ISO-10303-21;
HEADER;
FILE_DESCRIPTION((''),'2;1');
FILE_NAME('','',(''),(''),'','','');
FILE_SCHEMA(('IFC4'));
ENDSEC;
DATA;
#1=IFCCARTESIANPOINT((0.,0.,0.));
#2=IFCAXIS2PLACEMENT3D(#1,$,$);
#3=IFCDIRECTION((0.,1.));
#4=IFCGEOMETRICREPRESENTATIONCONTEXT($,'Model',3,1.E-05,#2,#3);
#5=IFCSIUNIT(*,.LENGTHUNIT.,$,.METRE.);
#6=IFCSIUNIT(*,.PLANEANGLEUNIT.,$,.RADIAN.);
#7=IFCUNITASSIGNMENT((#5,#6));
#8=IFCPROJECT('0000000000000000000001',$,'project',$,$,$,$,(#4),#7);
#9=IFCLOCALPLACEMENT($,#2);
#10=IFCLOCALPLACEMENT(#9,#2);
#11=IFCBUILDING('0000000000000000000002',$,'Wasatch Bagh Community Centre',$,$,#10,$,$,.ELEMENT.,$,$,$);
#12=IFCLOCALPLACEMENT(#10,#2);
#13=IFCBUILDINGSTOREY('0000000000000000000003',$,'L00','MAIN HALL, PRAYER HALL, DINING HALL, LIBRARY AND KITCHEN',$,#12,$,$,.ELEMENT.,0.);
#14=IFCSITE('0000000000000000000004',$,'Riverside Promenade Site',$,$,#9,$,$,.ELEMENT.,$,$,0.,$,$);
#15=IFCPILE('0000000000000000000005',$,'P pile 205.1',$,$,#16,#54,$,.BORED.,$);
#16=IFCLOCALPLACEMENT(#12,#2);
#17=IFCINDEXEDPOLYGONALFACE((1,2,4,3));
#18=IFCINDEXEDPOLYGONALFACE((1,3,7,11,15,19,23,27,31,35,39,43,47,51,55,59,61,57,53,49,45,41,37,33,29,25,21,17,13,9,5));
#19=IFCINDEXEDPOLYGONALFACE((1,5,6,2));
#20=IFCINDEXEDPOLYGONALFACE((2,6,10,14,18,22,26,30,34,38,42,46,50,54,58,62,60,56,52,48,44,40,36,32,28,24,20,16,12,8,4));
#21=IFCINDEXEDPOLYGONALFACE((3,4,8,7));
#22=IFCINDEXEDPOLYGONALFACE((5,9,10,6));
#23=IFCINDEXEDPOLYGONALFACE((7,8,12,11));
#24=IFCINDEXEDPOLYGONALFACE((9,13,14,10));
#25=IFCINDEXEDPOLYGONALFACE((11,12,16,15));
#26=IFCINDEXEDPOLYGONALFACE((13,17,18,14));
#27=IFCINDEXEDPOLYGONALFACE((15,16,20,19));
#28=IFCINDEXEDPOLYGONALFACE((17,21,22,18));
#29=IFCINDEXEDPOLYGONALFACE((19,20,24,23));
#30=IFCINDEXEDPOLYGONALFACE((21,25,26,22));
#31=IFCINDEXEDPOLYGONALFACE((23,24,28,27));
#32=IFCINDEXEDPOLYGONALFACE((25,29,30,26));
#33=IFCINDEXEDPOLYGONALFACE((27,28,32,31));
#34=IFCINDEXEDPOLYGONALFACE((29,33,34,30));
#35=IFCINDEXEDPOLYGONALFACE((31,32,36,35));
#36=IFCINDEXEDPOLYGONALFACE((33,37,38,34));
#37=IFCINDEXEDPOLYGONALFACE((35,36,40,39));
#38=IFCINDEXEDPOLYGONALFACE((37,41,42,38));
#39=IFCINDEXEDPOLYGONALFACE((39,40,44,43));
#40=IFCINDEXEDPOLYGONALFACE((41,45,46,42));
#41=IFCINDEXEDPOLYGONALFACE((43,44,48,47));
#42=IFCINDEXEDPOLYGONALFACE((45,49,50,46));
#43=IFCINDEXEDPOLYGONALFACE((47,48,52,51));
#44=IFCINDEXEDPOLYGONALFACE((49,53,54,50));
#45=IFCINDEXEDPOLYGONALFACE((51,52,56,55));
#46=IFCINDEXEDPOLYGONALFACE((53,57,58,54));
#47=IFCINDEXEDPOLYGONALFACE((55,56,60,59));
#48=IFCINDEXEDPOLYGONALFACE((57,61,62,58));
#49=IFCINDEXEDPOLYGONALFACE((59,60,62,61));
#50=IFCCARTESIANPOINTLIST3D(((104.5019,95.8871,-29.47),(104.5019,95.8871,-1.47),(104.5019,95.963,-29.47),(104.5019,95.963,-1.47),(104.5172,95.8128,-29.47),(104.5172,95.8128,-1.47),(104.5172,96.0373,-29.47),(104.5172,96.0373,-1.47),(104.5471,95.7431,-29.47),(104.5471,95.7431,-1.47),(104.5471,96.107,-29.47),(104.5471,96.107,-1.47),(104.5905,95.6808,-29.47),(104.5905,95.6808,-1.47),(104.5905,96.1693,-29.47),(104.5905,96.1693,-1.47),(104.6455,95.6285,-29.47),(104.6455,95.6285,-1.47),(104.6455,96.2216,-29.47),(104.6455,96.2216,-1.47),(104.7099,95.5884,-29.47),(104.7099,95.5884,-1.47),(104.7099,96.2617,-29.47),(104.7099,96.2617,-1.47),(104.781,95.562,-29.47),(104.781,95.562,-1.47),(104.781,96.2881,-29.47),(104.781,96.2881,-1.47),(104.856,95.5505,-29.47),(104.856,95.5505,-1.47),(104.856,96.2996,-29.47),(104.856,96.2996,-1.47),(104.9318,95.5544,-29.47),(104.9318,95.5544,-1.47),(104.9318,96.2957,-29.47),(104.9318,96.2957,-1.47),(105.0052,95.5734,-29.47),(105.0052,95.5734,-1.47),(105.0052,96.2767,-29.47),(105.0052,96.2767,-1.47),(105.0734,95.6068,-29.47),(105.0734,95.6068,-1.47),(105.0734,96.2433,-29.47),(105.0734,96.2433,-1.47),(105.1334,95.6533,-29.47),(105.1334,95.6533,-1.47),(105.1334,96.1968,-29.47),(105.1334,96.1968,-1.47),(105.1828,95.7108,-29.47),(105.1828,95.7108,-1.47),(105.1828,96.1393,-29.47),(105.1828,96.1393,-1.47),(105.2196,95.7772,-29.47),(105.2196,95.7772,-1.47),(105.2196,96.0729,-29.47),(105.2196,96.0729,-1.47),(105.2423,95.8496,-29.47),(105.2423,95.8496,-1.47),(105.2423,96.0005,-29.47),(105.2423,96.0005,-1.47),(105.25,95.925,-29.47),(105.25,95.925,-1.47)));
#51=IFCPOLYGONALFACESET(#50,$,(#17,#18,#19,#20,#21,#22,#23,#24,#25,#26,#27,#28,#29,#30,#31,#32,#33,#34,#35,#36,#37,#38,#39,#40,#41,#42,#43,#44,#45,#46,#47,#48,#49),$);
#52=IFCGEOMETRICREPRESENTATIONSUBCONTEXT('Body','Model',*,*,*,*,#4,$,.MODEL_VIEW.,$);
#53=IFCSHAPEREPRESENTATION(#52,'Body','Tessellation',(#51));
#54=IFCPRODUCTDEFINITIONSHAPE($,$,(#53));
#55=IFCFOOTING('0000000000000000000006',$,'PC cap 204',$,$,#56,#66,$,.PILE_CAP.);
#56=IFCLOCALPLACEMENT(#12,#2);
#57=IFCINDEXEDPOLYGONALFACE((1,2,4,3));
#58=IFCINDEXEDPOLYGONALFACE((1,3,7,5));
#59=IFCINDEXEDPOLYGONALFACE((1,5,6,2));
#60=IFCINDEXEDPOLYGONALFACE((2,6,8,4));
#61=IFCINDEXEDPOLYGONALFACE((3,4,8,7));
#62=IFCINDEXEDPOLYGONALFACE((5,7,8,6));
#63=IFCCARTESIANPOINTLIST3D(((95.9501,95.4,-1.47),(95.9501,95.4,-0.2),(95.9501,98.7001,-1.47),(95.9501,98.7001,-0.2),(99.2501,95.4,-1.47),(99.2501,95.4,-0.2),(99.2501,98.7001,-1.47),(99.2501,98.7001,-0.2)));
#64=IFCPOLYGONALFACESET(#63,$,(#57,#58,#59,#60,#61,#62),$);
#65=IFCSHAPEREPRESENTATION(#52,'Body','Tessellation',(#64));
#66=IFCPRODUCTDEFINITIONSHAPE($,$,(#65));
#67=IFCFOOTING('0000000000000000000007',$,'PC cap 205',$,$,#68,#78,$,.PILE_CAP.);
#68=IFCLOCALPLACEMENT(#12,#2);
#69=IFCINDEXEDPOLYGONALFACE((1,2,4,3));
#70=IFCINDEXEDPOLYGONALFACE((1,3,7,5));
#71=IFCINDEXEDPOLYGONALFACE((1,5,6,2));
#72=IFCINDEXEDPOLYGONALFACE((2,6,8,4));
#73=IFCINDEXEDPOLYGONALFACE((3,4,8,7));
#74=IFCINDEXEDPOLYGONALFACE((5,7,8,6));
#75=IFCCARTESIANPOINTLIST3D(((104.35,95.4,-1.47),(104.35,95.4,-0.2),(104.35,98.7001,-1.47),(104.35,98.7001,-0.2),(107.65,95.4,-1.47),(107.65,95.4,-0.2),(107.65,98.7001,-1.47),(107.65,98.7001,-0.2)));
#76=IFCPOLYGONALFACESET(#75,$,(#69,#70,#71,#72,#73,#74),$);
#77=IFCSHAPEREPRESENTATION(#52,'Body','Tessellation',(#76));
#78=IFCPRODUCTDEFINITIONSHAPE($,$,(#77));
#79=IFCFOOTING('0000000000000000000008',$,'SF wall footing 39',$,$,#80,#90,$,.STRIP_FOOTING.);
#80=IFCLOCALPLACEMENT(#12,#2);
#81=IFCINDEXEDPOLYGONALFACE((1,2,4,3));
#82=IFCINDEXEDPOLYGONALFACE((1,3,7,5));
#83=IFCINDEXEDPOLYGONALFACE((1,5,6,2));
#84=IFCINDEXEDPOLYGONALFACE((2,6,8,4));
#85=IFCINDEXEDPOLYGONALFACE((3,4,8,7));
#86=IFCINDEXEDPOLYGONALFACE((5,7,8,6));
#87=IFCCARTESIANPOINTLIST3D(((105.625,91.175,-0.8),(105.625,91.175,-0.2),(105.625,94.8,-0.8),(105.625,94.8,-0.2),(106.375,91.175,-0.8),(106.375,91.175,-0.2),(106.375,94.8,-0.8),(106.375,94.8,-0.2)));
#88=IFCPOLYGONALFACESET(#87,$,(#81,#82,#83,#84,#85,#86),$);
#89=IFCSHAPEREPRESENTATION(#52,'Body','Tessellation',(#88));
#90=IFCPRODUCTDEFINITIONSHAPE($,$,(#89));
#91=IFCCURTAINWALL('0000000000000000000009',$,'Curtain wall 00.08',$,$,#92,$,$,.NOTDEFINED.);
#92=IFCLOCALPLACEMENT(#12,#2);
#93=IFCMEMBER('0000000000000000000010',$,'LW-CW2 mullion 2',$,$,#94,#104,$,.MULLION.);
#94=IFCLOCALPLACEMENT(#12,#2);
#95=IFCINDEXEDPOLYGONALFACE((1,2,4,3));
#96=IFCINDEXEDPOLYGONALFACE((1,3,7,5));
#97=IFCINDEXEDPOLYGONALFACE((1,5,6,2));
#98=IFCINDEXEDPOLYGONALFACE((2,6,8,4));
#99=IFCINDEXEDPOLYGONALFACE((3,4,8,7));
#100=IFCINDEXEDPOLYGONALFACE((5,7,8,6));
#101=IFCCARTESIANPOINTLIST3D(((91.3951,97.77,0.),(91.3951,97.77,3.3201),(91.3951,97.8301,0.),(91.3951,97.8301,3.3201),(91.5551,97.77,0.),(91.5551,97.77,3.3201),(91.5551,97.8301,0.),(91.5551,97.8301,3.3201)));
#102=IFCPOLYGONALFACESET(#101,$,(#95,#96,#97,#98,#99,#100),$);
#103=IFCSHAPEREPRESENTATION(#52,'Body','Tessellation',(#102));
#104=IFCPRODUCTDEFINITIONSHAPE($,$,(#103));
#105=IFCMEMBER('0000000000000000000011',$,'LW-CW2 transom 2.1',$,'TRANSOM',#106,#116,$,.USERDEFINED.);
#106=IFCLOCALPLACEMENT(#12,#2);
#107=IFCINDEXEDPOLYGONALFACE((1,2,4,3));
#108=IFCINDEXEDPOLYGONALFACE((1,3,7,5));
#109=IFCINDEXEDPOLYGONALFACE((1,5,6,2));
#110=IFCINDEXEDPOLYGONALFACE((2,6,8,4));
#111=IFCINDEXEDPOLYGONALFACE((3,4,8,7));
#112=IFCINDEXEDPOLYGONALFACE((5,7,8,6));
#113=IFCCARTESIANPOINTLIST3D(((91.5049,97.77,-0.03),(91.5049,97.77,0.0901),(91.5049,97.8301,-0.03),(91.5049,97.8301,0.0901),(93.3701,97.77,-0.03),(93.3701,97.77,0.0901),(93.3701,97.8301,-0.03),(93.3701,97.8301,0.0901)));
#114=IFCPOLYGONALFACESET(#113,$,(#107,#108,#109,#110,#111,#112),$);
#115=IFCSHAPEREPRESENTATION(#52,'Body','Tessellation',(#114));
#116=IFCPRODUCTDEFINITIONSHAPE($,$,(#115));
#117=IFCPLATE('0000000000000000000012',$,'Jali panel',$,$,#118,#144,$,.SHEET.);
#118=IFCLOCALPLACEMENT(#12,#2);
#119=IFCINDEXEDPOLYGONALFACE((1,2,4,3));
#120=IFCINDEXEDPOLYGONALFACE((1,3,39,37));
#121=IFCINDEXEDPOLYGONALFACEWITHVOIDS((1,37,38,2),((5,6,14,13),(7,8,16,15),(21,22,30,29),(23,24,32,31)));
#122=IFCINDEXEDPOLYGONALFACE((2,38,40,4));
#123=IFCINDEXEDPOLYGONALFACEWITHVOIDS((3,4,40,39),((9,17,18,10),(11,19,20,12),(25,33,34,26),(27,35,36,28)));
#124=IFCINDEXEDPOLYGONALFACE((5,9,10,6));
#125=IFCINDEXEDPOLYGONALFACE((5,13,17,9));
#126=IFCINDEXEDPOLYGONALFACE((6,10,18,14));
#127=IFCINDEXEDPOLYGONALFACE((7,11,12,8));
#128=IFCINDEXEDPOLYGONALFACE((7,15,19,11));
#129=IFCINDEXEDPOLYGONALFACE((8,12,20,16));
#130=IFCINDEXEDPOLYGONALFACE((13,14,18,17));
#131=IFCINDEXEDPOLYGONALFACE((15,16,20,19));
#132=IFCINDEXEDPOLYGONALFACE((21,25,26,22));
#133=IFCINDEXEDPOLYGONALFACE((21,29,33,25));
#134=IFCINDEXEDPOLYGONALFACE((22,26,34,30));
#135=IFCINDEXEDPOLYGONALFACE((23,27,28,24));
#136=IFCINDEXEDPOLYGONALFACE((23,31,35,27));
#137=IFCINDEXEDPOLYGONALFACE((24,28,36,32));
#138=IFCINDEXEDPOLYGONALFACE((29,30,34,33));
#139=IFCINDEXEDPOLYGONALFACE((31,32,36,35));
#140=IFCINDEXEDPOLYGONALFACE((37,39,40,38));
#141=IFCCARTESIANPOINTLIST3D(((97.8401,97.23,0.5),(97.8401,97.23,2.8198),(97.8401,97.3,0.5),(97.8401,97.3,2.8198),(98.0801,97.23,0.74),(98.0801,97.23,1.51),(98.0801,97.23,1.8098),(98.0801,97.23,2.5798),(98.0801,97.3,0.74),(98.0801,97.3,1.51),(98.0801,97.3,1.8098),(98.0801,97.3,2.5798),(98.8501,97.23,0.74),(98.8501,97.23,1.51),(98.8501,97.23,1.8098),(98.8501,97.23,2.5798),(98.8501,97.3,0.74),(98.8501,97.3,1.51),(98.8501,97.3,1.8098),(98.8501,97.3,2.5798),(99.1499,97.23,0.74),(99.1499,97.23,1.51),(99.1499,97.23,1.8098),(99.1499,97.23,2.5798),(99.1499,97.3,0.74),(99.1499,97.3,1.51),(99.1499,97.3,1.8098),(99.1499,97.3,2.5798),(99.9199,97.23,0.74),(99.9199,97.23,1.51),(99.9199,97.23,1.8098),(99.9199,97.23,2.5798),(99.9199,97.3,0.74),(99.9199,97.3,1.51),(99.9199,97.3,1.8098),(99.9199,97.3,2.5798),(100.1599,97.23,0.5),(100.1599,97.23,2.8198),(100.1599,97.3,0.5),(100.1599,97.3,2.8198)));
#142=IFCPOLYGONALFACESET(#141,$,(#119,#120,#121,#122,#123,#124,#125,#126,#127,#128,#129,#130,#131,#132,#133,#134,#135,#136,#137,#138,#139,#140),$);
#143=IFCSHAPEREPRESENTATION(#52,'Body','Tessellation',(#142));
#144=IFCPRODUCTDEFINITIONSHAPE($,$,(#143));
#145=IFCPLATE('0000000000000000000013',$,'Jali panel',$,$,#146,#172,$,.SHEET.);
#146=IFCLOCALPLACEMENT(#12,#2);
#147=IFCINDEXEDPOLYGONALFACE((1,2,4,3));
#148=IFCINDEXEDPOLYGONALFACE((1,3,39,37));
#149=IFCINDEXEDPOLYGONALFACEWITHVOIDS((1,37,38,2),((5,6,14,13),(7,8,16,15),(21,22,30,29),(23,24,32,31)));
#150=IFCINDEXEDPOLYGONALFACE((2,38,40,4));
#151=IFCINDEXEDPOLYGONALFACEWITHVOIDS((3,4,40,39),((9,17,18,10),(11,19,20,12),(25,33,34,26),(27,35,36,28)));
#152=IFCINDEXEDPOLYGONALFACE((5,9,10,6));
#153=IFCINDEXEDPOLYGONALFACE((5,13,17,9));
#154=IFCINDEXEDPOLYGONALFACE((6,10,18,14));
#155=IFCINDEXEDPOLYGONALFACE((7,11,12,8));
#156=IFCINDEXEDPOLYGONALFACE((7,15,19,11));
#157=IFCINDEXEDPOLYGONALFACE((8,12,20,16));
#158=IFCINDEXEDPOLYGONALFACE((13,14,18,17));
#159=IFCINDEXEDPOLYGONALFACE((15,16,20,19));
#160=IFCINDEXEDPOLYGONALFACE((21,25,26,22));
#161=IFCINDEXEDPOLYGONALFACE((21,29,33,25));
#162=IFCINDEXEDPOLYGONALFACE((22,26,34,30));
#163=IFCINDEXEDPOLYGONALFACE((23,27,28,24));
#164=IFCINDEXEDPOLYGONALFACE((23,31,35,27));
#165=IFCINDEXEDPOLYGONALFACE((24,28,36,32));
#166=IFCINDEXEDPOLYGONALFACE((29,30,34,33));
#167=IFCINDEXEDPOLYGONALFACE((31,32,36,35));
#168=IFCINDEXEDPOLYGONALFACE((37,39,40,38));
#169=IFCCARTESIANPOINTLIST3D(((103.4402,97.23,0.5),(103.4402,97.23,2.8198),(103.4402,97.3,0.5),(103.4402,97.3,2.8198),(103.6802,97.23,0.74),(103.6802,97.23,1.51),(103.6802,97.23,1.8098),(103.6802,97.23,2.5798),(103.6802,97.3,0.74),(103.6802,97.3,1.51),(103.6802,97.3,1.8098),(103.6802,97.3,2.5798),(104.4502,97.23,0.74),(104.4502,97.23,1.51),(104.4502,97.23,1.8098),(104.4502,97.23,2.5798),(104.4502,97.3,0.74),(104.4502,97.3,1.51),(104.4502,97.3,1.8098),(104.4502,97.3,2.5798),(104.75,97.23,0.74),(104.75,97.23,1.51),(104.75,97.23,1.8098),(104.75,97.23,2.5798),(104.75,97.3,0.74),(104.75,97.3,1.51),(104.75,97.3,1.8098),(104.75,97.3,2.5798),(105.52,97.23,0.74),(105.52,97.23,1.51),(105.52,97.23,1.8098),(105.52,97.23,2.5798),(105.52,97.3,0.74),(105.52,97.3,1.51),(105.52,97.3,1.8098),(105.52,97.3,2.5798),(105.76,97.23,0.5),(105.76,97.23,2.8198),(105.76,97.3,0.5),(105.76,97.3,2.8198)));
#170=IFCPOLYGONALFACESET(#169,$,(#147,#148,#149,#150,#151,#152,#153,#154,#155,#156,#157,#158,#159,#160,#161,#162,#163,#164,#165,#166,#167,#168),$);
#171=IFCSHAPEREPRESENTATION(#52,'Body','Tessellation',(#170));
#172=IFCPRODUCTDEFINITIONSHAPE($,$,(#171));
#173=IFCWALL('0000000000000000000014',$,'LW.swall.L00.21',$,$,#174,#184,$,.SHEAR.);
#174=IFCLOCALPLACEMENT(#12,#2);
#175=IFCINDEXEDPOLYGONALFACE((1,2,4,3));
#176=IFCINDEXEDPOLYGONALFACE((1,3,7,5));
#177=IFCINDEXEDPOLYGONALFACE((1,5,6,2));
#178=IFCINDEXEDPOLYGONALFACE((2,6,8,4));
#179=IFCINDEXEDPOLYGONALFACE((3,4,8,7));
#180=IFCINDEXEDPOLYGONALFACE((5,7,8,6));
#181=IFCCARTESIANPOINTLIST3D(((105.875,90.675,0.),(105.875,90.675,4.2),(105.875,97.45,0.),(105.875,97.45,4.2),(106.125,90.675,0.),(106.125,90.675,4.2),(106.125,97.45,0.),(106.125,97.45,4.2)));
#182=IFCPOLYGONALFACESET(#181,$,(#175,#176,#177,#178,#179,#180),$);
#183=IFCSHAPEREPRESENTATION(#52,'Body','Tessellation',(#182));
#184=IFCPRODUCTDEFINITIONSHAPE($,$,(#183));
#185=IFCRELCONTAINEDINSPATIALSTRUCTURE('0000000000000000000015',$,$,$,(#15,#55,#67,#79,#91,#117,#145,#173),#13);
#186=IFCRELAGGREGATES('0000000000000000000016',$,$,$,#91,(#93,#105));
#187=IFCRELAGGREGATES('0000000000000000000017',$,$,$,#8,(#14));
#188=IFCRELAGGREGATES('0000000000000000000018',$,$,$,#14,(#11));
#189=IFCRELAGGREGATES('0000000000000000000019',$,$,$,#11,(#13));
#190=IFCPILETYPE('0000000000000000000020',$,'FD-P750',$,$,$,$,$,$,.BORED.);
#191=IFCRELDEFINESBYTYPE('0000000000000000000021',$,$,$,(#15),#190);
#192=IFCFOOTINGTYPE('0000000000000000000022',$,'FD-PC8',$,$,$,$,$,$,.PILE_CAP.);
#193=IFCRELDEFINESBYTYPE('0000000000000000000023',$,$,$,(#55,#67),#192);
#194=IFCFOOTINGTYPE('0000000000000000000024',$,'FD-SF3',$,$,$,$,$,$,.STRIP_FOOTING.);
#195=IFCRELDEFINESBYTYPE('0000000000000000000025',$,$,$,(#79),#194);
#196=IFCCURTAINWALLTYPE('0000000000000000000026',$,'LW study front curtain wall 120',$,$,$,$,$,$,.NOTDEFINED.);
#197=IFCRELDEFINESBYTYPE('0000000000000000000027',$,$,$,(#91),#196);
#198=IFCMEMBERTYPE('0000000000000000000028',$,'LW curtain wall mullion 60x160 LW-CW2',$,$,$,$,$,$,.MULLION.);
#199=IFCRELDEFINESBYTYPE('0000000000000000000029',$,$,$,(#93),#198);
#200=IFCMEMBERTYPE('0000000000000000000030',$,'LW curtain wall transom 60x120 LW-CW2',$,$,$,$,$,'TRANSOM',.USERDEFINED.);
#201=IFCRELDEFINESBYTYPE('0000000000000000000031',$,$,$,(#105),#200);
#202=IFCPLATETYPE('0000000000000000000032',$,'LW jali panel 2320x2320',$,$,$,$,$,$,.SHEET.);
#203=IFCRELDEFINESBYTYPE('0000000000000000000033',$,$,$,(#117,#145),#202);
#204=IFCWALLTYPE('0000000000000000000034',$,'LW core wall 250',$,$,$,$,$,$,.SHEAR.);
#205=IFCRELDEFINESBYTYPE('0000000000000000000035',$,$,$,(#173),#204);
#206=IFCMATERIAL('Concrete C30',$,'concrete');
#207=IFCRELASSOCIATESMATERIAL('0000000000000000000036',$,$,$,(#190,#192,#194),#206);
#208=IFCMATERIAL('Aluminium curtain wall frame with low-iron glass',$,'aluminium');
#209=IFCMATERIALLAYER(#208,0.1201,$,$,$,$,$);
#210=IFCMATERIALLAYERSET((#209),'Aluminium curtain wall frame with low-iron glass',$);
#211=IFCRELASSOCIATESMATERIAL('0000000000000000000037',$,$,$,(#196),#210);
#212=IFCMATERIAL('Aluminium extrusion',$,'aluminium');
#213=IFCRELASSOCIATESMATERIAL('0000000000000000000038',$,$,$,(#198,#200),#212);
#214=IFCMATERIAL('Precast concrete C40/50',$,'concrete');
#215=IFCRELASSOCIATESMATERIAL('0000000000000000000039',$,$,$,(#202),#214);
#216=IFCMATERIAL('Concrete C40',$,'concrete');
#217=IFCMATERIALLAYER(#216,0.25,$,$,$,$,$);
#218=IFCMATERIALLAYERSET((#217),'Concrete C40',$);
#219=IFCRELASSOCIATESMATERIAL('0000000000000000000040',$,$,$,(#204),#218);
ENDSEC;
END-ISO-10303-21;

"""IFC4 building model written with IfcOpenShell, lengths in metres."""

from ifc_helpers import new_model, si_unit, direction, frame, frame_2d, origin, origin_2d, place, context, subcontext, project, spatial, polyline, rectangle, circle, outline, extrude, material, layer, layer_set, material_profile, profile_set, type_object, element, aggregate, save


model = new_model("IFC4")

# Units and contexts
model_context = context("Model", 3, precision=1e-05, world=origin(), true_north=direction((0.0, 1.0)))
body_context = subcontext(model_context, "Body", "Model", "MODEL_VIEW")
ifc_project = project(units=[si_unit("LENGTHUNIT", "METRE"), si_unit("PLANEANGLEUNIT", "RADIAN")], contexts=[model_context])

# Site, building, storey
site_placement = place(None, origin())
site = spatial("IfcSite", under=ifc_project, at=site_placement, Name="Riverside Promenade Site", CompositionType="ELEMENT", RefElevation=0.0)
building_placement = place(site_placement, origin())
building = spatial("IfcBuilding", under=site, at=building_placement, Name="Wasatch Bagh Community Centre", CompositionType="ELEMENT")
storey_placement = place(building_placement, origin())
storey = spatial("IfcBuildingStorey", under=building, at=storey_placement, Name="L00", Description="MAIN HALL, PRAYER HALL, DINING HALL, LIBRARY AND KITCHEN", CompositionType="ELEMENT", Elevation=0.0)

# Pile
ifc_material_1 = material(Name="Concrete C30", Category="concrete")
ifc_material_profile_1 = material_profile(ifc_material_1, circle(Radius=0.375, at=origin_2d()), Name="RC D750")
ifc_profile_set_1 = profile_set([ifc_material_profile_1], Name="Concrete C30")
pile_type_1 = type_object("IfcPileType", Name="FD-P750", PredefinedType="BORED", material=ifc_profile_set_1)
for number, where, z_axis, x_axis, name in (
    (1, (104.875, 95.925, -1.47), (0.0, 0.0, -1.0), (1.0, 0.0, 0.0), "P pile 205.1"),
):
    element("IfcPile", number, at=place(storey_placement, frame(where, z_axis=z_axis, x_axis=x_axis)), inside=storey, type_object=pile_type_1, Name=name, PredefinedType="BORED", context=body_context, shape_type="SweptSolid", body=[
        extrude(circle(Radius=0.375, at=origin_2d()), origin(), (0.0, 0.0, 1.0), 28.0),
    ])

# Footings
footing_type_1 = type_object("IfcFootingType", Name="FD-PC8", PredefinedType="PILE_CAP", material=ifc_material_1)
for number, where, z_axis, x_axis, name in (
    (2, (97.6001, 97.05, -1.47), (0.0, 0.0, 1.0), (1.0, 0.0, 0.0), "PC cap 204"),
    (3, (106.0, 97.05, -1.47), (0.0, 0.0, 1.0), (1.0, 0.0, 0.0), "PC cap 205"),
):
    element("IfcFooting", number, at=place(storey_placement, frame(where, z_axis=z_axis, x_axis=x_axis)), inside=storey, type_object=footing_type_1, Name=name, PredefinedType="PILE_CAP", context=body_context, shape_type="SweptSolid", body=[
        extrude(rectangle(XDim=3.3, YDim=3.3, at=origin_2d()), origin(), (0.0, 0.0, 1.0), 1.27),
    ])
footing_type_2 = type_object("IfcFootingType", Name="FD-SF3", PredefinedType="STRIP_FOOTING", material=ifc_material_1)
footing_placement = place(storey_placement, frame((106.0, 92.9875, -0.8), z_axis=(0.0, 0.0, 1.0), x_axis=(0.0, 1.0, 0.0)))
element("IfcFooting", 4, at=footing_placement, inside=storey, type_object=footing_type_2, Name="SF wall footing 39", PredefinedType="STRIP_FOOTING", context=body_context, shape_type="SweptSolid", body=[
    extrude(rectangle(XDim=3.625, YDim=0.75, at=origin_2d()), origin(), (0.0, 0.0, 1.0), 0.6001),
])

# Curtain wall, members
ifc_material_2 = material(Name="Aluminium curtain wall frame with low-iron glass", Category="aluminium")
ifc_layer_1 = layer(ifc_material_2, 0.1201)
ifc_layer_set_1 = layer_set([ifc_layer_1], Name="Aluminium curtain wall frame with low-iron glass")
curtain_wall_type = type_object("IfcCurtainWallType", Name="LW study front curtain wall 120", PredefinedType="NOTDEFINED", material=ifc_layer_set_1)
curtain_wall_placement = place(storey_placement, origin())
curtain_wall = element("IfcCurtainWall", 5, at=curtain_wall_placement, inside=storey, type_object=curtain_wall_type, Name="Curtain wall 00.08", PredefinedType="NOTDEFINED")
ifc_material_3 = material(Name="Aluminium extrusion", Category="aluminium")
ifc_material_profile_2 = material_profile(ifc_material_3, rectangle(XDim=0.0601, YDim=0.1599, at=origin_2d()), Name="AL 60x160")
ifc_profile_set_2 = profile_set([ifc_material_profile_2], Name="Aluminium extrusion")
member_type_1 = type_object("IfcMemberType", Name="LW curtain wall mullion 60x160 LW-CW2", PredefinedType="MULLION", material=ifc_profile_set_2)
member_1_placement = place(storey_placement, frame((91.4751, 97.8, 0.0), z_axis=(0.0, 0.0, 1.0), x_axis=(0.0, 1.0, 0.0)))
member_1 = element("IfcMember", 6, at=member_1_placement, type_object=member_type_1, Name="LW-CW2 mullion 2", PredefinedType="MULLION", context=body_context, shape_type="SweptSolid", body=[
    extrude(rectangle(XDim=0.0601, YDim=0.1599, at=origin_2d()), origin(), (0.0, 0.0, 1.0), 3.3201),
])
ifc_material_profile_3 = material_profile(ifc_material_3, rectangle(XDim=0.0601, YDim=0.1201, at=origin_2d()), Name="AL 60x120")
ifc_profile_set_3 = profile_set([ifc_material_profile_3], Name="Aluminium extrusion")
member_type_2 = type_object("IfcMemberType", Name="LW curtain wall transom 60x120 LW-CW2", ElementType="TRANSOM", PredefinedType="USERDEFINED", material=ifc_profile_set_3)
member_2_placement = place(storey_placement, frame((91.5049, 97.8, 0.03), z_axis=(1.0, 0.0, 0.0), x_axis=(0.0, 1.0, 0.0)))
member_2 = element("IfcMember", 7, at=member_2_placement, type_object=member_type_2, Name="LW-CW2 transom 2.1", ObjectType="TRANSOM", PredefinedType="USERDEFINED", context=body_context, shape_type="SweptSolid", body=[
    extrude(rectangle(XDim=0.0601, YDim=0.1201, at=origin_2d()), origin(), (0.0, 0.0, 1.0), 1.8652),
])
aggregate(curtain_wall, [member_1, member_2])

# Plates
ifc_material_4 = material(Name="Precast concrete C40/50", Category="concrete")
ifc_material_profile_4 = material_profile(ifc_material_4, outline(polyline([(-1.1599, -1.1599), (1.1599, -1.1599), (1.1599, 1.1599), (-1.1599, 1.1599), (-1.1599, -1.1599)]), holes=[polyline([(-0.9199, -0.9199), (-0.1499, -0.9199), (-0.1499, -0.1499), (-0.9199, -0.1499), (-0.9199, -0.9199)]), polyline([(-0.9199, 0.1499), (-0.1499, 0.1499), (-0.1499, 0.9199), (-0.9199, 0.9199), (-0.9199, 0.1499)]), polyline([(0.1499, -0.9199), (0.9199, -0.9199), (0.9199, -0.1499), (0.1499, -0.1499), (0.1499, -0.9199)]), polyline([(0.1499, 0.1499), (0.9199, 0.1499), (0.9199, 0.9199), (0.1499, 0.9199), (0.1499, 0.1499)])]), Name="Jali lattice")
ifc_profile_set_4 = profile_set([ifc_material_profile_4], Name="Precast concrete C40/50")
plate_type = type_object("IfcPlateType", Name="LW jali panel 2320x2320", PredefinedType="SHEET", material=ifc_profile_set_4)
for number, where, z_axis, x_axis, name in (
    (8, (99.0, 97.3, 1.6599), (0.0, -1.0, 0.0), (1.0, 0.0, 0.0), "Jali panel"),
    (9, (104.6001, 97.3, 1.6599), (0.0, -1.0, 0.0), (1.0, 0.0, 0.0), "Jali panel"),
):
    element("IfcPlate", number, at=place(storey_placement, frame(where, z_axis=z_axis, x_axis=x_axis)), inside=storey, type_object=plate_type, Name=name, PredefinedType="SHEET", context=body_context, shape_type="SweptSolid", body=[
        extrude(outline(polyline([(-1.1599, -1.1599), (1.1599, -1.1599), (1.1599, 1.1599), (-1.1599, 1.1599), (-1.1599, -1.1599)]), holes=[polyline([(-0.9199, -0.9199), (-0.1499, -0.9199), (-0.1499, -0.1499), (-0.9199, -0.1499), (-0.9199, -0.9199)]), polyline([(-0.9199, 0.1499), (-0.1499, 0.1499), (-0.1499, 0.9199), (-0.9199, 0.9199), (-0.9199, 0.1499)]), polyline([(0.1499, -0.9199), (0.9199, -0.9199), (0.9199, -0.1499), (0.1499, -0.1499), (0.1499, -0.9199)]), polyline([(0.1499, 0.1499), (0.9199, 0.1499), (0.9199, 0.9199), (0.1499, 0.9199), (0.1499, 0.1499)])]), origin(), (0.0, 0.0, 1.0), 0.0701),
    ])

# Wall
ifc_material_5 = material(Name="Concrete C40", Category="concrete")
ifc_layer_2 = layer(ifc_material_5, 0.25)
ifc_layer_set_2 = layer_set([ifc_layer_2], Name="Concrete C40")
wall_type_1 = type_object("IfcWallType", Name="LW core wall 250", PredefinedType="SHEAR", material=ifc_layer_set_2)
wall_1_placement = place(storey_placement, frame((106.0, 90.675, 0.0), z_axis=(0.0, 0.0, 1.0), x_axis=(0.0, 1.0, 0.0)))
element("IfcWall", 10, at=wall_1_placement, inside=storey, type_object=wall_type_1, Name="LW.swall.L00.21", PredefinedType="SHEAR", context=body_context, shape_type="SweptSolid", body=[
    extrude(rectangle(XDim=6.7749, YDim=0.25, at=frame_2d((3.3875, 0.0))), origin(), (0.0, 0.0, 1.0), 4.2),
])

save(model, "model.ifc")
